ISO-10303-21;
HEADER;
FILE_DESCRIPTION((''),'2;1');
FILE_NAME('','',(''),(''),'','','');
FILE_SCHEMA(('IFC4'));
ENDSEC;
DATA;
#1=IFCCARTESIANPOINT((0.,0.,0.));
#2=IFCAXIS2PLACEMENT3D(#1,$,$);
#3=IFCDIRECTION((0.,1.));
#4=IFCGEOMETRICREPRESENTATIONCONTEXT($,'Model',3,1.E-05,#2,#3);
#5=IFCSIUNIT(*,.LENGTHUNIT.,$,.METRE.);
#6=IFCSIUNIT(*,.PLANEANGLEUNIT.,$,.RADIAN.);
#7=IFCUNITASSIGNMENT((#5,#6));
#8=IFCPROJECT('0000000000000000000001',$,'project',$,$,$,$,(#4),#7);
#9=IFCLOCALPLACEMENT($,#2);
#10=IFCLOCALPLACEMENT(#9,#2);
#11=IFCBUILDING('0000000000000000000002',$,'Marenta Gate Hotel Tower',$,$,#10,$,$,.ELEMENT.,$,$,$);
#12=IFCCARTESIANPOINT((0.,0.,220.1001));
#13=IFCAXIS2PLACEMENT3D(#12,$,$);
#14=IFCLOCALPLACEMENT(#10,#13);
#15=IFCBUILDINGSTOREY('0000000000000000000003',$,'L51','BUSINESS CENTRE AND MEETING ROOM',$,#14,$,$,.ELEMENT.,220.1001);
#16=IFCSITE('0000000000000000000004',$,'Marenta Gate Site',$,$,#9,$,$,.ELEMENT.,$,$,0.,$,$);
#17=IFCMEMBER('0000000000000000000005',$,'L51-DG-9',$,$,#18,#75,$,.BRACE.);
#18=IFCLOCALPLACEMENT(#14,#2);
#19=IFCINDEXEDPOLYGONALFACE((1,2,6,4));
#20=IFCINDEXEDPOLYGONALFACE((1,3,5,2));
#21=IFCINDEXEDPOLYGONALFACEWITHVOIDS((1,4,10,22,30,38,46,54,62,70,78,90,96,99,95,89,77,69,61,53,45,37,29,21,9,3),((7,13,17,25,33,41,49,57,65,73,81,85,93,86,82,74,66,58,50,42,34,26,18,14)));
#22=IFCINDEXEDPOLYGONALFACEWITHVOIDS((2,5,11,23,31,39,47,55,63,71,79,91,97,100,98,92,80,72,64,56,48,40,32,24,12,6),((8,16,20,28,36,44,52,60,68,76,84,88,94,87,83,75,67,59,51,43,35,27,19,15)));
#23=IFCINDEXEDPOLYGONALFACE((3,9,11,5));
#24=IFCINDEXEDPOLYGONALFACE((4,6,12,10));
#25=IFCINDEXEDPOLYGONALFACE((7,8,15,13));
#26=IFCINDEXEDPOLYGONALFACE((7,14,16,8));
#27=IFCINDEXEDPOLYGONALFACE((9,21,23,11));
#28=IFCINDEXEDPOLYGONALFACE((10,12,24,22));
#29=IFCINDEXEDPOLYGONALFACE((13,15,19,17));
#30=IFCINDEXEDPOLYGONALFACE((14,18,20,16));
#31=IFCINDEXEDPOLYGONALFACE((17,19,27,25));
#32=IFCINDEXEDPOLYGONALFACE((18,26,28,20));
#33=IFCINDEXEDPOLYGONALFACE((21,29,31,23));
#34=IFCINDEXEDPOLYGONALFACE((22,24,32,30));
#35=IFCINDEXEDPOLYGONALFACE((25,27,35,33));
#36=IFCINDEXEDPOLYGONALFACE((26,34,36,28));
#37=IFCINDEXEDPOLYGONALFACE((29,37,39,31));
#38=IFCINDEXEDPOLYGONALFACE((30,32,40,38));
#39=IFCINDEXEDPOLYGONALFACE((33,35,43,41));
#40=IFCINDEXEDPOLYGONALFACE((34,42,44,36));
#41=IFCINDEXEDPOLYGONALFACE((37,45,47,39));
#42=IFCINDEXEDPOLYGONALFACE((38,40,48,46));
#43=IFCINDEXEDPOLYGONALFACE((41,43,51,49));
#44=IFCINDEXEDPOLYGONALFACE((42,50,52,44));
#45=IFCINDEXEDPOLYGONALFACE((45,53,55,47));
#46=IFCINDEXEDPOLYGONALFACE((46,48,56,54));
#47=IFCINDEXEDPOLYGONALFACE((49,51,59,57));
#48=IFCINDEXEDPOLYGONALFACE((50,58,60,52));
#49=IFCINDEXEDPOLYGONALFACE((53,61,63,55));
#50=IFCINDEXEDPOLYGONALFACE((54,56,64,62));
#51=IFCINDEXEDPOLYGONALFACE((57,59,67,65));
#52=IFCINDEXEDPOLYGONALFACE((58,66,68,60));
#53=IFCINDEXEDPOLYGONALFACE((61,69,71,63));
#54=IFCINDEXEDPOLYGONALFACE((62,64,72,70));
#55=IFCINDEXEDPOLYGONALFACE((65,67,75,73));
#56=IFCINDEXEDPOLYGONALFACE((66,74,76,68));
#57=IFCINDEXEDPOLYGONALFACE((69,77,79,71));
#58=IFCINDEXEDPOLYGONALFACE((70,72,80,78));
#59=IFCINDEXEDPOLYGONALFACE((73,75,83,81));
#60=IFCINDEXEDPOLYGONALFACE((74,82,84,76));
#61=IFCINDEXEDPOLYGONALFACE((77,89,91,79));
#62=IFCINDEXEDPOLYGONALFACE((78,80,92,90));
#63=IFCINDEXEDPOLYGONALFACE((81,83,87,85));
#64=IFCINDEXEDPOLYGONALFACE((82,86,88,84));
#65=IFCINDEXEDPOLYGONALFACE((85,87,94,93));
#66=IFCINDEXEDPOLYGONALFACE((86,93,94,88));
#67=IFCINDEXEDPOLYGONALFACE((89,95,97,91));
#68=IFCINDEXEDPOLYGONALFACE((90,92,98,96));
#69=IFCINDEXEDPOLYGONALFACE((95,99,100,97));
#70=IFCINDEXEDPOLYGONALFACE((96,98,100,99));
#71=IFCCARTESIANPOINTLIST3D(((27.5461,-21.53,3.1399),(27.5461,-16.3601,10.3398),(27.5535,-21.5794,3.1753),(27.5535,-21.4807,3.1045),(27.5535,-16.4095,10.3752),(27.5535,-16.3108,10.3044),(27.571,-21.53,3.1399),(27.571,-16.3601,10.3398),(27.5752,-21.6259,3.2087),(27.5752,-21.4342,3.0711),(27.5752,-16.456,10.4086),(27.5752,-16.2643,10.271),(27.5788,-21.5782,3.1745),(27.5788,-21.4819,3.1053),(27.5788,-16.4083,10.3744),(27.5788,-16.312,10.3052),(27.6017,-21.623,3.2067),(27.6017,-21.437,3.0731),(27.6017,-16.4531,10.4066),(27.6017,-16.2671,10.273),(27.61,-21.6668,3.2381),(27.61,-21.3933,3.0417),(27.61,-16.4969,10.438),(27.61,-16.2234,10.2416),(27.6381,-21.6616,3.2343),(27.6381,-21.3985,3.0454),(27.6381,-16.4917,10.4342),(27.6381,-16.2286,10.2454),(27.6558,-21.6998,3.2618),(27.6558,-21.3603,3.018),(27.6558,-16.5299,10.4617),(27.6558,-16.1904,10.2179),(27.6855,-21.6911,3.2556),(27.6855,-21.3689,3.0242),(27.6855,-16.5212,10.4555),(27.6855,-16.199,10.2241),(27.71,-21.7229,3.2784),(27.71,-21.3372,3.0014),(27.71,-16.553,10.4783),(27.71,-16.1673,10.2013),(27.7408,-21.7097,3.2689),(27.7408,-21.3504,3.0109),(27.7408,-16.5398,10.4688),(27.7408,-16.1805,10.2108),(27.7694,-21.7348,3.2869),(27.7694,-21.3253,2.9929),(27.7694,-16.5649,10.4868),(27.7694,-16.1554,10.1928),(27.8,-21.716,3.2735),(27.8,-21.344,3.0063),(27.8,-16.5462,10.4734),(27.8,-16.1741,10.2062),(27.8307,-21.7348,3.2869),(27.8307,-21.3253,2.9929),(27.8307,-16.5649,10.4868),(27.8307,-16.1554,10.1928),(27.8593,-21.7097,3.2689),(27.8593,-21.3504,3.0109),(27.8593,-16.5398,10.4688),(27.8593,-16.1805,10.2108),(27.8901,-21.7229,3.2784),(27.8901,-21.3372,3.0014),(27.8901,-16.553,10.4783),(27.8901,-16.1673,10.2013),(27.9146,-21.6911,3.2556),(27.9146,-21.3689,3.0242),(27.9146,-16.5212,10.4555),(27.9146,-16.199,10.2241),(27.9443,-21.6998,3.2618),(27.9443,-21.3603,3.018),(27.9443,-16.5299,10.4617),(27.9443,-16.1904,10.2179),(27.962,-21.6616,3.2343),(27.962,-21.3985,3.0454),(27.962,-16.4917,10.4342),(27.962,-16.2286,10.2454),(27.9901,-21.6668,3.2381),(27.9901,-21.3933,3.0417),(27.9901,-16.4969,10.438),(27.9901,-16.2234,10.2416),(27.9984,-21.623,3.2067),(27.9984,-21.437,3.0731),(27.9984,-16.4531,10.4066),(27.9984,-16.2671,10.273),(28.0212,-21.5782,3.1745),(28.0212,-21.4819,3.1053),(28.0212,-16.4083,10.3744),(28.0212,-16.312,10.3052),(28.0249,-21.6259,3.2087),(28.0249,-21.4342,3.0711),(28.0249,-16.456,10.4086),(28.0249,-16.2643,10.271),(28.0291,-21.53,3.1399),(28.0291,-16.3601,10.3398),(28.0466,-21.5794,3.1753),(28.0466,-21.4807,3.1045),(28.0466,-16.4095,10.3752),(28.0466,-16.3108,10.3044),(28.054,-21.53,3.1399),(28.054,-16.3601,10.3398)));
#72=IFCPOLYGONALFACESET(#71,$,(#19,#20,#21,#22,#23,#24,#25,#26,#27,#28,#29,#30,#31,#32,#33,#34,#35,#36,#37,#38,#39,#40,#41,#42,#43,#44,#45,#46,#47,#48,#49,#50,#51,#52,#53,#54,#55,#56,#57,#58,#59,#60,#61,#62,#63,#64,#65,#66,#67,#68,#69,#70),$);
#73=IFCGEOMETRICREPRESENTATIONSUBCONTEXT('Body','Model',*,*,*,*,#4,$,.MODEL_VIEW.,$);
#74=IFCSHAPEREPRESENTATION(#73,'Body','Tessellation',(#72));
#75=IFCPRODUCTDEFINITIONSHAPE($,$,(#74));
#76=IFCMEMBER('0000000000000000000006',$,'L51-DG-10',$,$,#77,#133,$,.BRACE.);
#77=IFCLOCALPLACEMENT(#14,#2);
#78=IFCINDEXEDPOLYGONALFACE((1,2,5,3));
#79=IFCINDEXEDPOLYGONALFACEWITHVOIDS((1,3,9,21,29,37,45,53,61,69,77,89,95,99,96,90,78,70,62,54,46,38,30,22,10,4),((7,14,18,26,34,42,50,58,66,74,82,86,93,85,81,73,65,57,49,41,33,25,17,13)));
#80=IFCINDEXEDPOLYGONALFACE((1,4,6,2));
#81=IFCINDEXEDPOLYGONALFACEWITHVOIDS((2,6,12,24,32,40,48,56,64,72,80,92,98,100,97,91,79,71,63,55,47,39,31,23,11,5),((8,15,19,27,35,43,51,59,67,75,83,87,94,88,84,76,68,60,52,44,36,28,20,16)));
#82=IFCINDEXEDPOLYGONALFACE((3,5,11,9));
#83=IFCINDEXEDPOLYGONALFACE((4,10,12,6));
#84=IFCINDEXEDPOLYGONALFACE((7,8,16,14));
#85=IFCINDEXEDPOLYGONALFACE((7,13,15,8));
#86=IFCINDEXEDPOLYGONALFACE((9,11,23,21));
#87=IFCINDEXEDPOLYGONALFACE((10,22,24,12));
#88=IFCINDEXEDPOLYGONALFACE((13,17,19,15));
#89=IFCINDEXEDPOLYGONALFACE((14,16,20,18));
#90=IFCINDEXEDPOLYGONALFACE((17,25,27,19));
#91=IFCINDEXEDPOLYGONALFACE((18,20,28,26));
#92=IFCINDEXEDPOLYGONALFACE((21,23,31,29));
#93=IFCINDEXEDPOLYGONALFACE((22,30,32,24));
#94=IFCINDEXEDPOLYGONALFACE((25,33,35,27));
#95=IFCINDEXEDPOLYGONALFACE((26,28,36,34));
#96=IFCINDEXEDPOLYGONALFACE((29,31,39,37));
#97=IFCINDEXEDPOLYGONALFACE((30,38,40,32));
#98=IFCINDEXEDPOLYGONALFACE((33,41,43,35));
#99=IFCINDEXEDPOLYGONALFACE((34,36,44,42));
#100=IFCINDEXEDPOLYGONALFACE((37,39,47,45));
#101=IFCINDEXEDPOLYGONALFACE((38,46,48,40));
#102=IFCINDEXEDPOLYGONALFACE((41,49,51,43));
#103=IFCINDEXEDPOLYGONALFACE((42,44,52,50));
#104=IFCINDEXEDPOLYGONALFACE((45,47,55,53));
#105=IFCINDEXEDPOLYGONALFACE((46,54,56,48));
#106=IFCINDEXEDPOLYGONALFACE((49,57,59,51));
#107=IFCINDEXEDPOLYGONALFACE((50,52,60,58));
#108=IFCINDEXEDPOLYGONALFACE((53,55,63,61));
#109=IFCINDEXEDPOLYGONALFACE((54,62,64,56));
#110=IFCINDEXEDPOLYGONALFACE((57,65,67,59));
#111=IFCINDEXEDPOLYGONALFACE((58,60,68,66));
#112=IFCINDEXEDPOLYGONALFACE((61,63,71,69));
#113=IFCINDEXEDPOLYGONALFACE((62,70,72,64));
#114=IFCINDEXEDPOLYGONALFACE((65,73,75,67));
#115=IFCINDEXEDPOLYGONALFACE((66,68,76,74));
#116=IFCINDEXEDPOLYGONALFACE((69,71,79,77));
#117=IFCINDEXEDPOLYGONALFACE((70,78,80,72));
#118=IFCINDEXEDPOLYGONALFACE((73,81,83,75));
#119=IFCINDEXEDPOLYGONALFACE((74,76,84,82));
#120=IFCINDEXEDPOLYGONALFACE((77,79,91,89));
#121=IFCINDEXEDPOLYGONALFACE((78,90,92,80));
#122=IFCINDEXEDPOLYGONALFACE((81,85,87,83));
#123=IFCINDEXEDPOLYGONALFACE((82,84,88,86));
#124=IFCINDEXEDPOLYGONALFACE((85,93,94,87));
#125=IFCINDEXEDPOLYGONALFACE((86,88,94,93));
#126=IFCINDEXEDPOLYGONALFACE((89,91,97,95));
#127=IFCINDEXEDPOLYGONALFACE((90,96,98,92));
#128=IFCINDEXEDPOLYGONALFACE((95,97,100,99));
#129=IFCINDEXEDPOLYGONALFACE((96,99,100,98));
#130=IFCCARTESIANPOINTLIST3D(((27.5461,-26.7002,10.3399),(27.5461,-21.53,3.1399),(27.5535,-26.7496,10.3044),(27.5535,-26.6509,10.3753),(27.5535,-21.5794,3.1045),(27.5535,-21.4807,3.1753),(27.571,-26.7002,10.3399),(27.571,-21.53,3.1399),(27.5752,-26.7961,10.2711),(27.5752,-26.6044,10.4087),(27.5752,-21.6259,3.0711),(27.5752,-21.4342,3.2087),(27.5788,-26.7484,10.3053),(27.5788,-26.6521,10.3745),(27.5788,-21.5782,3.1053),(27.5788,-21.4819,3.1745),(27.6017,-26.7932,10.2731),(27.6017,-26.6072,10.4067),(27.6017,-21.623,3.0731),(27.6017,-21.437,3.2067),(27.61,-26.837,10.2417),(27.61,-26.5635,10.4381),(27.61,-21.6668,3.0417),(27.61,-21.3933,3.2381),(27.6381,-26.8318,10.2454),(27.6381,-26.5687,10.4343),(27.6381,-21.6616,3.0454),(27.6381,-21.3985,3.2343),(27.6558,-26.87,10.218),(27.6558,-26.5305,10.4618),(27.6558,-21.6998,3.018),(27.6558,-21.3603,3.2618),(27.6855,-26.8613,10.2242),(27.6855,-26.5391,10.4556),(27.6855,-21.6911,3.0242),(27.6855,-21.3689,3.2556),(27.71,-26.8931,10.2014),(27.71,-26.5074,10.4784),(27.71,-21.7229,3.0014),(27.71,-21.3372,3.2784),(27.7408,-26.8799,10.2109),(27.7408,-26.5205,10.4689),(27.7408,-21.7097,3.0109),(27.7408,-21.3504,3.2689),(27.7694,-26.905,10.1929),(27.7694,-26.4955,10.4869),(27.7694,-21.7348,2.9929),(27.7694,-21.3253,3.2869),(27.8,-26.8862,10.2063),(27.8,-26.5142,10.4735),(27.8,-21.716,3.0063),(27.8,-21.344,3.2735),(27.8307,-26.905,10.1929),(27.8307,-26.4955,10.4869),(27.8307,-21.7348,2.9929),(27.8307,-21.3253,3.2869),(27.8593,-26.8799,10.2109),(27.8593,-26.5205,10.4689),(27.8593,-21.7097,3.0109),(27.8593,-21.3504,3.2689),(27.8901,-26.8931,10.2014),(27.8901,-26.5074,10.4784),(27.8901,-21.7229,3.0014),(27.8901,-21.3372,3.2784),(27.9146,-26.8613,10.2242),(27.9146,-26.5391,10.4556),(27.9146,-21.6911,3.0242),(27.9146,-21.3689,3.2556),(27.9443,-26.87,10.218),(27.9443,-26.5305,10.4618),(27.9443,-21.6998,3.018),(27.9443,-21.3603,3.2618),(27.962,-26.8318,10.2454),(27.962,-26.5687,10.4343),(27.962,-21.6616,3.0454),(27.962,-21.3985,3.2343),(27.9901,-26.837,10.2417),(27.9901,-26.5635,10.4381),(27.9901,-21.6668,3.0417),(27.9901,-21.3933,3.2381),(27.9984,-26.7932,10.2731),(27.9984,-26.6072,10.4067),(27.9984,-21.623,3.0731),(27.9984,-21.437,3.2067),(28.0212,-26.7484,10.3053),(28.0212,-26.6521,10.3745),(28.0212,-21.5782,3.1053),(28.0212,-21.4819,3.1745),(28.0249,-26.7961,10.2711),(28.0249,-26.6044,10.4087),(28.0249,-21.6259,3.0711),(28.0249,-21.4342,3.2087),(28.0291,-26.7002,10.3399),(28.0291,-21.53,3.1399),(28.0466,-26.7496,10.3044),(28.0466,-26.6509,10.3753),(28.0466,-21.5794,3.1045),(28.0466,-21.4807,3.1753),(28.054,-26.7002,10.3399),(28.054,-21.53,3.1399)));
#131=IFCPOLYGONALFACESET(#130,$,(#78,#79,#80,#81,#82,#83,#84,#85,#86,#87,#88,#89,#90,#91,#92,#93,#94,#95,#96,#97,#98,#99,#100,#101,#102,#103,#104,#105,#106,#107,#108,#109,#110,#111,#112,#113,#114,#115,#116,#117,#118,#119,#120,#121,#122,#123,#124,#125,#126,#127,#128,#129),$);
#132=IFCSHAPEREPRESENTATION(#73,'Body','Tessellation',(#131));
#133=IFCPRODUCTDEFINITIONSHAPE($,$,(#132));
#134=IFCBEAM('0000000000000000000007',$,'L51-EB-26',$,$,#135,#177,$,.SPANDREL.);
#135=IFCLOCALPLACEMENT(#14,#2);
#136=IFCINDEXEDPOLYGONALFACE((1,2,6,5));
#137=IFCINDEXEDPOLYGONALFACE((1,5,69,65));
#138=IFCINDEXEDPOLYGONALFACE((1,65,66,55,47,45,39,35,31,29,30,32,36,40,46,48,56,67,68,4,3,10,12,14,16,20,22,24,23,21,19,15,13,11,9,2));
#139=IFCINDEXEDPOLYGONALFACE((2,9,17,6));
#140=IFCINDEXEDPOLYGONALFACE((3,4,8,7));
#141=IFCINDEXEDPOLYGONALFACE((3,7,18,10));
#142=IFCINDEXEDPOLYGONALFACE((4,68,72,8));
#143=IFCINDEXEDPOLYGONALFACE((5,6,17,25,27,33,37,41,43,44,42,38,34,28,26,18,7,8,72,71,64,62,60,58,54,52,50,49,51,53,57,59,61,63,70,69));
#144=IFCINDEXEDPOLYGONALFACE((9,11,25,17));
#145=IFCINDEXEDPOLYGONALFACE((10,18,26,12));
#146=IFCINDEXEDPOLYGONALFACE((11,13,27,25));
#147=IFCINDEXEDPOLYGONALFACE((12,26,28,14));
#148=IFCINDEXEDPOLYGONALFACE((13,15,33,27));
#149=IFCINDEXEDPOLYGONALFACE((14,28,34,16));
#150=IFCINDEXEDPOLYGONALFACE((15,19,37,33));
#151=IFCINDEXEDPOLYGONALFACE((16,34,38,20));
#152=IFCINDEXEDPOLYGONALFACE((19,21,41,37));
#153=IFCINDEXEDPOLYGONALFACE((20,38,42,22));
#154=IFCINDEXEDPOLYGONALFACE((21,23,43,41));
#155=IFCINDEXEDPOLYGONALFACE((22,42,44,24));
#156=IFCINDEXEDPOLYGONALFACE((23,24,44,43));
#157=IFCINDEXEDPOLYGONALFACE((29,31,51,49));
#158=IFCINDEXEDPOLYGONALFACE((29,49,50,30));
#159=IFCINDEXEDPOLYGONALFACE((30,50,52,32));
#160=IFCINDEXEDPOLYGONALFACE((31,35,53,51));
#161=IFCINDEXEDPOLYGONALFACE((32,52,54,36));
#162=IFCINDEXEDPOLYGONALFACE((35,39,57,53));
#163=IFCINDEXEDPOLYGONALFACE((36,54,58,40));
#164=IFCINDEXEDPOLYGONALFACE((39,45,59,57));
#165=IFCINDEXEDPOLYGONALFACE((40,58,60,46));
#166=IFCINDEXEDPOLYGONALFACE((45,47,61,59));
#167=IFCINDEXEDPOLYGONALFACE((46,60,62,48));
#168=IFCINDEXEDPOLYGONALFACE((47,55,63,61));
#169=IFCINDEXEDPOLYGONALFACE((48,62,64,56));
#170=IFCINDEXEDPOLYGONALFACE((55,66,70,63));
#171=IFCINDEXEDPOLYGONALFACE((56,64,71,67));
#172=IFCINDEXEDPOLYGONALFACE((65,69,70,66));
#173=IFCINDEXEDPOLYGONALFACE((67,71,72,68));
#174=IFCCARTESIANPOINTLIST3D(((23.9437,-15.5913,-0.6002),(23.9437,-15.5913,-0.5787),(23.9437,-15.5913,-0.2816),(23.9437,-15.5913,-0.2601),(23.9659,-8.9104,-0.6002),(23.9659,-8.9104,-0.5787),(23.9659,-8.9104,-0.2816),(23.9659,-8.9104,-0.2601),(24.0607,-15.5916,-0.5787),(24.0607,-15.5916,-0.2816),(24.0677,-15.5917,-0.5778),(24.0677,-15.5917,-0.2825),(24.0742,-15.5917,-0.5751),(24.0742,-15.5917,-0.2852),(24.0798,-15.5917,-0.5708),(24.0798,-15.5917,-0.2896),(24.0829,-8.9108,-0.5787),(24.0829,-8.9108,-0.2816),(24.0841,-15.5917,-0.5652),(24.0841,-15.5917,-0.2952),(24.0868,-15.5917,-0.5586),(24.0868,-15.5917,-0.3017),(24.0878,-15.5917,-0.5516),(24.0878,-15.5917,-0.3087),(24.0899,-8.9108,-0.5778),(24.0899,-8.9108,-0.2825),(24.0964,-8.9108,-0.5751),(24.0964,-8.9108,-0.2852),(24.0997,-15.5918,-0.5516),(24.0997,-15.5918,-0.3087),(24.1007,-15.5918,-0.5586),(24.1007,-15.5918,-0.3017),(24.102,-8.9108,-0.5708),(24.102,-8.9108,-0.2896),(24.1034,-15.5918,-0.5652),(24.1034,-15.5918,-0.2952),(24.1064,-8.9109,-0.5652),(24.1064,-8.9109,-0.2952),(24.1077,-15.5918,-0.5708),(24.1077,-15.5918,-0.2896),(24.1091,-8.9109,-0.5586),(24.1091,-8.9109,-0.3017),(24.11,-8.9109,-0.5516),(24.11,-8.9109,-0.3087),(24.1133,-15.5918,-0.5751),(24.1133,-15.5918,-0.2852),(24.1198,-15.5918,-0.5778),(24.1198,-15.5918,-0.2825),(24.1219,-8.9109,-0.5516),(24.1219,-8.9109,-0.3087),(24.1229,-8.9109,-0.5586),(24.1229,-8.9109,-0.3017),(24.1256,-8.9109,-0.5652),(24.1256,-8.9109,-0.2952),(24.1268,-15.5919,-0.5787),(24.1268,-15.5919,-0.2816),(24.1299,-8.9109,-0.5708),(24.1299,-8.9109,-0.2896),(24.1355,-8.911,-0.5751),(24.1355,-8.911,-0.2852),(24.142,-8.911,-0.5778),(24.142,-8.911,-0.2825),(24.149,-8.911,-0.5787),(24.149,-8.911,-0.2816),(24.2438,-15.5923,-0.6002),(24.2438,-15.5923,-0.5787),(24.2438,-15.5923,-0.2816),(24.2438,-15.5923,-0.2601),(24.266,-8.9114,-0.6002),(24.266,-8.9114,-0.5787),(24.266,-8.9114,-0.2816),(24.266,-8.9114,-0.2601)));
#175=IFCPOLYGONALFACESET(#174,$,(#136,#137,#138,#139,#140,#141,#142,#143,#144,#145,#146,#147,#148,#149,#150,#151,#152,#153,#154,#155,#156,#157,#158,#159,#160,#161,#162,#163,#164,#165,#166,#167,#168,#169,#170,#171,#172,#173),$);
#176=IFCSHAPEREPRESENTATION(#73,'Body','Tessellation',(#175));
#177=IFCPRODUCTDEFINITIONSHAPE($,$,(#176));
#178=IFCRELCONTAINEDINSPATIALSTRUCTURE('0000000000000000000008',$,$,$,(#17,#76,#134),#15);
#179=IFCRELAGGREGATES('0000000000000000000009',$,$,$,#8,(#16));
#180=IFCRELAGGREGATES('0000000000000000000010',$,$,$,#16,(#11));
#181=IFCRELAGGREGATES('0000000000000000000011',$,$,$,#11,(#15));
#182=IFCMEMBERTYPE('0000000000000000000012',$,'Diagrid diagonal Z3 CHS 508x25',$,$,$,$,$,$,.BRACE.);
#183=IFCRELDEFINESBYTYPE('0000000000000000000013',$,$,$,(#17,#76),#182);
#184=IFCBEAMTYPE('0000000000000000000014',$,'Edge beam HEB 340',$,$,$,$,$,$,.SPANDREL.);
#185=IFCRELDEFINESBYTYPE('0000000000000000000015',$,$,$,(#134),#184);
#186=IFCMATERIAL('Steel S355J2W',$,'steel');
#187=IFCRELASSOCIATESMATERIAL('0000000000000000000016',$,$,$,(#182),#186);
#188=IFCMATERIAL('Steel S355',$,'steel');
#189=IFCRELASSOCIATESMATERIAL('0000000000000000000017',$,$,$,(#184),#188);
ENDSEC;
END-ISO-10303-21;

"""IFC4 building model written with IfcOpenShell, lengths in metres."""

from ifc_helpers import new_model, si_unit, direction, frame, origin, origin_2d, place, context, subcontext, project, spatial, hollow_circle, i_section, extrude, material, material_profile, profile_set, type_object, element, save


model = new_model("IFC4")

# Units and contexts
model_context = context("Model", 3, precision=1e-05, world=origin(), true_north=direction((0.0, 1.0)))
body_context = subcontext(model_context, "Body", "Model", "MODEL_VIEW")
ifc_project = project(units=[si_unit("LENGTHUNIT", "METRE"), si_unit("PLANEANGLEUNIT", "RADIAN")], contexts=[model_context])

# Site, building, storey
site_placement = place(None, origin())
site = spatial("IfcSite", under=ifc_project, at=site_placement, Name="Marenta Gate Site", CompositionType="ELEMENT", RefElevation=0.0)
building_placement = place(site_placement, origin())
building = spatial("IfcBuilding", under=site, at=building_placement, Name="Marenta Gate Hotel Tower", CompositionType="ELEMENT")
storey_placement = place(building_placement, frame((0.0, 0.0, 220.1001)))
storey = spatial("IfcBuildingStorey", under=building, at=storey_placement, Name="L51", Description="BUSINESS CENTRE AND MEETING ROOM", CompositionType="ELEMENT", Elevation=220.1001)

# Members
ifc_material_1 = material(Name="Steel S355J2W", Category="steel")
ifc_material_profile_1 = material_profile(ifc_material_1, hollow_circle(Radius=0.2539, WallThickness=0.0249, at=origin_2d()), Name="CHS 508x25")
ifc_profile_set_1 = profile_set([ifc_material_profile_1], Name="Steel S355J2W")
member_type_1 = type_object("IfcMemberType", Name="Diagrid diagonal Z3 CHS 508x25", PredefinedType="BRACE", material=ifc_profile_set_1)
for number, where, z_axis, x_axis, name in (
    (1, (27.8, -21.53, 3.1399), (0.0, 0.583261, 0.812285), (-1.0, 0.0, 0.0), "L51-DG-9"),
):
    element("IfcMember", number, at=place(storey_placement, frame(where, z_axis=z_axis, x_axis=x_axis)), inside=storey, type_object=member_type_1, Name=name, PredefinedType="BRACE", context=body_context, shape_type="SweptSolid", body=[
        extrude(hollow_circle(Radius=0.2539, WallThickness=0.0249, at=origin_2d()), origin(), (0.0, 0.0, 1.0), 8.8638),
    ])
member_1_placement = place(storey_placement, frame((27.8, -21.53, 3.1399), z_axis=(0.0, -0.583279, 0.812272), x_axis=(1.0, 0.0, 0.0)))
element("IfcMember", 2, at=member_1_placement, inside=storey, type_object=member_type_1, Name="L51-DG-10", PredefinedType="BRACE", context=body_context, shape_type="SweptSolid", body=[
    extrude(hollow_circle(Radius=0.2539, WallThickness=0.0249, at=origin_2d()), origin(), (0.0, 0.0, 1.0), 8.864),
])

# Beam
ifc_material_2 = material(Name="Steel S355", Category="steel")
ifc_material_profile_2 = material_profile(ifc_material_2, i_section(OverallWidth=0.3, OverallDepth=0.3401, WebThickness=0.012, FlangeThickness=0.0215, FilletRadius=0.0271, at=origin_2d()), Name="HEB 340")
ifc_profile_set_2 = profile_set([ifc_material_profile_2], Name="Steel S355")
beam_type = type_object("IfcBeamType", Name="Edge beam HEB 340", PredefinedType="SPANDREL", material=ifc_profile_set_2)
beam_placement = place(storey_placement, frame((24.116, -8.9109, -0.4302), z_axis=(-0.003325, -0.999994, 0.0), x_axis=(0.999994, -0.003325, 0.0)))
element("IfcBeam", 3, at=beam_placement, inside=storey, type_object=beam_type, Name="L51-EB-26", PredefinedType="SPANDREL", context=body_context, shape_type="SweptSolid", body=[
    extrude(i_section(OverallWidth=0.3, OverallDepth=0.3401, WebThickness=0.012, FlangeThickness=0.0215, FilletRadius=0.0271, at=origin_2d()), origin(), (0.0, 0.0, 1.0), 6.6809),
])

save(model, "model.ifc")
